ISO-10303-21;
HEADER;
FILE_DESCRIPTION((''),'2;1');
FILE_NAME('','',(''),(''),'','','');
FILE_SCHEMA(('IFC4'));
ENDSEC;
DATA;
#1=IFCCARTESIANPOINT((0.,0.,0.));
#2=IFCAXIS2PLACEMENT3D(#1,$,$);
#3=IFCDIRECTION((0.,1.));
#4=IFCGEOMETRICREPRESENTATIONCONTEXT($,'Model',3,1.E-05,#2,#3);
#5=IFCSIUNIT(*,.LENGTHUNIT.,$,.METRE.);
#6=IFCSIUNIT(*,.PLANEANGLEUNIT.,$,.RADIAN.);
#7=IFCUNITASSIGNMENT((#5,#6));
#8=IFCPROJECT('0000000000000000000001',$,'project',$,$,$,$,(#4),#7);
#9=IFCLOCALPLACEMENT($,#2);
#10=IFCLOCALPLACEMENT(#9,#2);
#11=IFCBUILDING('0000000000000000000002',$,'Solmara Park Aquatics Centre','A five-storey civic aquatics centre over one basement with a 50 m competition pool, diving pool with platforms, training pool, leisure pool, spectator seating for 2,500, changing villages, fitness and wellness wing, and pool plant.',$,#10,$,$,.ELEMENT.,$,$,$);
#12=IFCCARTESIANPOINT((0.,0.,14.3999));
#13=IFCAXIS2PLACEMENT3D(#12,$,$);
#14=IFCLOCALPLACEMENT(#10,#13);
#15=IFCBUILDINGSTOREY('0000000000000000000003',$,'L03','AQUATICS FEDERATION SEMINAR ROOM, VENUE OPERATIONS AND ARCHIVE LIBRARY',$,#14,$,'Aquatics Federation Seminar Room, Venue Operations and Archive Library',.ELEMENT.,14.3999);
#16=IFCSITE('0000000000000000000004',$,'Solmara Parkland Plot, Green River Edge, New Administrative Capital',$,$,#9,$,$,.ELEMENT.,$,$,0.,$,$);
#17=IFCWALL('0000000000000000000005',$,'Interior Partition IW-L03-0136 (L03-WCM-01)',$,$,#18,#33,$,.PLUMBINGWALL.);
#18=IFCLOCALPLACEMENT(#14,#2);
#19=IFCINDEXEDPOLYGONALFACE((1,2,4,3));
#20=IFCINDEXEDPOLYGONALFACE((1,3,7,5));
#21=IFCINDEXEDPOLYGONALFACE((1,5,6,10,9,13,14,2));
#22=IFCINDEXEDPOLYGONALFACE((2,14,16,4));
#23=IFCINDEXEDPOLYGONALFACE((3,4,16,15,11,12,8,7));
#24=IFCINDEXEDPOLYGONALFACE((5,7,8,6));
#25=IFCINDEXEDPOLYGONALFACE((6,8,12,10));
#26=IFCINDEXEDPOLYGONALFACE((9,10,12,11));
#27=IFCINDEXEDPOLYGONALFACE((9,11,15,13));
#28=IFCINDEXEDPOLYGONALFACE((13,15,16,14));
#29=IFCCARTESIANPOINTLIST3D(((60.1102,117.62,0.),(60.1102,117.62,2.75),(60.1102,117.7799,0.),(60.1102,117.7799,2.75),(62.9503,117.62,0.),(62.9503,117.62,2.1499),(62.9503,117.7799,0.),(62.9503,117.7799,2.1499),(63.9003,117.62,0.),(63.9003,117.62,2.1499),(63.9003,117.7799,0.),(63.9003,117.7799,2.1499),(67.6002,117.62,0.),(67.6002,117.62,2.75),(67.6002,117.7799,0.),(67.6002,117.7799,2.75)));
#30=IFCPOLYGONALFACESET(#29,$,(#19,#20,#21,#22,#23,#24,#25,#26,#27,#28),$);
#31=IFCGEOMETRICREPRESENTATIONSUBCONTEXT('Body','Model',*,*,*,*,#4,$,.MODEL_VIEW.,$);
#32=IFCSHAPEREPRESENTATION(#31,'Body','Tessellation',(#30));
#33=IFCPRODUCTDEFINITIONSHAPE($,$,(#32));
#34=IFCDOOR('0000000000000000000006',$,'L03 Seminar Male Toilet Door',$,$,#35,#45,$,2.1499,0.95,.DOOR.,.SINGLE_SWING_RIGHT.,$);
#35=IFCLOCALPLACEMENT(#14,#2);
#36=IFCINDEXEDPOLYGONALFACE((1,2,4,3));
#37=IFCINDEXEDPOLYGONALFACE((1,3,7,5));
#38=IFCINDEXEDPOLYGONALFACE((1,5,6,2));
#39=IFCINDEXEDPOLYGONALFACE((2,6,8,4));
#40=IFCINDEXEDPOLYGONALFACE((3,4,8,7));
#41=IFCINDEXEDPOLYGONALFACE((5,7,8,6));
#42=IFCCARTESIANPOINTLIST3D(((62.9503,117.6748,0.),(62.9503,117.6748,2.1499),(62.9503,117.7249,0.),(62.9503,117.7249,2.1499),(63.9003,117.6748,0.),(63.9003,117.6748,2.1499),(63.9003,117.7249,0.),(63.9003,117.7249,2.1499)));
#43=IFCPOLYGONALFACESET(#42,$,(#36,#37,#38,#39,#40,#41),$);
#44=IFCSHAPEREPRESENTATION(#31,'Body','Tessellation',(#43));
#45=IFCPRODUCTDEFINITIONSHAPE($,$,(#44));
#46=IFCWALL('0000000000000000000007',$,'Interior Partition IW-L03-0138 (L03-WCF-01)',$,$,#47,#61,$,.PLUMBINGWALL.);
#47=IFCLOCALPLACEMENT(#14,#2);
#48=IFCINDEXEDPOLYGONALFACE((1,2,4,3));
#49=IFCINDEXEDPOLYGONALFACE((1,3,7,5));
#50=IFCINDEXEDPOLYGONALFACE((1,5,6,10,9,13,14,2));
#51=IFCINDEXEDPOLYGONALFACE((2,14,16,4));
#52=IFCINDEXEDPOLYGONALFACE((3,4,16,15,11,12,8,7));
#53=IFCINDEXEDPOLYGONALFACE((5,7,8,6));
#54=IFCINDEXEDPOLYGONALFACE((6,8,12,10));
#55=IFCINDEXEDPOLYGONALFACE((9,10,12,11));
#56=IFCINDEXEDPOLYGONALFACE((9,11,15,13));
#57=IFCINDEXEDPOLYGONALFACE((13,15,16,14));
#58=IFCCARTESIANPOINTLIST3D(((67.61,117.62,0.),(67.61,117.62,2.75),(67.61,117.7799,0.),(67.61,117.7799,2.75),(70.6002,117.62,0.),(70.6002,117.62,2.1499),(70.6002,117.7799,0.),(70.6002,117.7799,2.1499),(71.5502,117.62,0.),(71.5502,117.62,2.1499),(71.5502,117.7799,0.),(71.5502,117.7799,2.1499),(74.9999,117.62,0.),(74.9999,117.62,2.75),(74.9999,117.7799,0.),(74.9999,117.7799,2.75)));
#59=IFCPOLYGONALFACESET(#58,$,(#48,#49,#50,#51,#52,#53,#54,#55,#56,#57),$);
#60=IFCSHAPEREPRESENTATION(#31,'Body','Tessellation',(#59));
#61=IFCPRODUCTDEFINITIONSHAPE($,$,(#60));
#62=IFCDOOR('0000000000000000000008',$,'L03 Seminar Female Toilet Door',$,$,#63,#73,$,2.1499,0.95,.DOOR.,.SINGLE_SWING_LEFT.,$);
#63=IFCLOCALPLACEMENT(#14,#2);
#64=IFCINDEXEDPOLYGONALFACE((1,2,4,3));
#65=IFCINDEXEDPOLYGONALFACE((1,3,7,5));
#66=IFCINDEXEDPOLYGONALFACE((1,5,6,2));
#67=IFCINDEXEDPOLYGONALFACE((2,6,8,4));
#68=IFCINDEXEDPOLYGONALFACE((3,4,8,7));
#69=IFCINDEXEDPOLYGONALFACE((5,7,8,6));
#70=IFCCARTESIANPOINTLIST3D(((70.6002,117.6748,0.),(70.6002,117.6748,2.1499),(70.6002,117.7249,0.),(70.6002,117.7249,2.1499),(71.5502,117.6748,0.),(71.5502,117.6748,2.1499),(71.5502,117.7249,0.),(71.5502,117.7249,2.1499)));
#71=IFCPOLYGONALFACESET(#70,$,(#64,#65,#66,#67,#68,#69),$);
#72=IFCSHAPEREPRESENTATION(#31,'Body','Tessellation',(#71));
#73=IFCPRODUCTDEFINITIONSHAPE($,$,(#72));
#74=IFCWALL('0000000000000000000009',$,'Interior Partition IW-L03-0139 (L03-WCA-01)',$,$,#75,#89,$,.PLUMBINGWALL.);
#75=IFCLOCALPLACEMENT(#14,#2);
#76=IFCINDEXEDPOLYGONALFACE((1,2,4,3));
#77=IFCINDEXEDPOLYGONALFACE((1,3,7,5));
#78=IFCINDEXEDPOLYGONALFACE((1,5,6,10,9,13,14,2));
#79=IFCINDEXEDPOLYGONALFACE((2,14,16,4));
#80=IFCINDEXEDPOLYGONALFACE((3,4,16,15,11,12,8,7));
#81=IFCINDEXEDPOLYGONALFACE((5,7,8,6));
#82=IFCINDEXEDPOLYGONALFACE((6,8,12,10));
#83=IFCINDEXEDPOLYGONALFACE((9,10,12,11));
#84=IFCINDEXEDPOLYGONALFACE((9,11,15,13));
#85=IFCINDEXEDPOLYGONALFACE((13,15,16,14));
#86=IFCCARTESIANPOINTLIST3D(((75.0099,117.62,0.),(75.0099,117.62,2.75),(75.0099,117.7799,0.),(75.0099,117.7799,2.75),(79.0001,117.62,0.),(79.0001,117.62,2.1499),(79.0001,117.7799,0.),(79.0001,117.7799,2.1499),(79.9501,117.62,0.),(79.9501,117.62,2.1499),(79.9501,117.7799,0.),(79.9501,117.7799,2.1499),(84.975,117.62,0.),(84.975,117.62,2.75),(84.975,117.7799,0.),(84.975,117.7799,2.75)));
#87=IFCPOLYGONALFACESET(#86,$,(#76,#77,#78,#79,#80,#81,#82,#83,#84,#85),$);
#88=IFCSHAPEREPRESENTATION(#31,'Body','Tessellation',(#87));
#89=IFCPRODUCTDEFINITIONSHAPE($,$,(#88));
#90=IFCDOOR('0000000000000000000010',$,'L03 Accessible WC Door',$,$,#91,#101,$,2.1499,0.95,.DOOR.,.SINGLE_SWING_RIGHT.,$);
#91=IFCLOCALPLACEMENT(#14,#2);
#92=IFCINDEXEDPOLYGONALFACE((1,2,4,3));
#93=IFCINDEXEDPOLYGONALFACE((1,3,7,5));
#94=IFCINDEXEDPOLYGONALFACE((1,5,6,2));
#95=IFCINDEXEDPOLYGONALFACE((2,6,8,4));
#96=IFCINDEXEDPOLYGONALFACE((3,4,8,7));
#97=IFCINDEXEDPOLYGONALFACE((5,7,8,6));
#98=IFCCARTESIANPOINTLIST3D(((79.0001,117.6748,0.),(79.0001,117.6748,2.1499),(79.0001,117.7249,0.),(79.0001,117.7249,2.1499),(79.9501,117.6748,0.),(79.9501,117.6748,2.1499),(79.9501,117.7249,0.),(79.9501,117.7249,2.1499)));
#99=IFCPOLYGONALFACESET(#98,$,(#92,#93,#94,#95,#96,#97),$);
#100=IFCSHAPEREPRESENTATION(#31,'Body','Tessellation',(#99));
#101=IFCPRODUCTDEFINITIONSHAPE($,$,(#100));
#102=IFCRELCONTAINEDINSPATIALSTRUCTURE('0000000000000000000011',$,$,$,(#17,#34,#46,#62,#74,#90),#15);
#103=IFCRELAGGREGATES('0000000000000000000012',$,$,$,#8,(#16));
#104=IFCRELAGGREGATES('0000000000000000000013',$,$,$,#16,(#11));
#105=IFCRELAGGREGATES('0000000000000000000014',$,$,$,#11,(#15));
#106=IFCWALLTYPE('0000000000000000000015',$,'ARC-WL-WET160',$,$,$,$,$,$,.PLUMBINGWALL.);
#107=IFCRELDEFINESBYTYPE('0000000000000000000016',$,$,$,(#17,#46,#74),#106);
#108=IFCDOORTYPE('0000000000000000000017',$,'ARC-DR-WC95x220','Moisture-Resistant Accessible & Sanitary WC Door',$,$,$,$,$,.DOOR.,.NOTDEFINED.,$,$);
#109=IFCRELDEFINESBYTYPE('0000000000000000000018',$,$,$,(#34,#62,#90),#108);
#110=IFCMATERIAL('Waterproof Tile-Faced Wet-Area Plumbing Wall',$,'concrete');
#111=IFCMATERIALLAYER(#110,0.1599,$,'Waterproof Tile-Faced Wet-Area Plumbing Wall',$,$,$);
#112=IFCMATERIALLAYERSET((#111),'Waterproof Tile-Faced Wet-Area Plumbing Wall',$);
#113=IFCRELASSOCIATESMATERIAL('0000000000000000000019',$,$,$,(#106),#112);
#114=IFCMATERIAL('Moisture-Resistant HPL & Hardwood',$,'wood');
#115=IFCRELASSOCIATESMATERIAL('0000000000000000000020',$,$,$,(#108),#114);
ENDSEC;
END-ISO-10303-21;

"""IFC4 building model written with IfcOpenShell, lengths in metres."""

from ifc_helpers import new_model, si_unit, direction, frame, frame_2d, origin, place, context, subcontext, project, spatial, rectangle, extrude, material, layer, layer_set, type_object, element, fill, save


model = new_model("IFC4")

# Units and contexts
model_context = context("Model", 3, precision=1e-05, world=origin(), true_north=direction((0.0, 1.0)))
body_context = subcontext(model_context, "Body", "Model", "MODEL_VIEW")
ifc_project = project(units=[si_unit("LENGTHUNIT", "METRE"), si_unit("PLANEANGLEUNIT", "RADIAN")], contexts=[model_context])

# Site, building, storey
site_placement = place(None, origin())
site = spatial("IfcSite", under=ifc_project, at=site_placement, Name="Solmara Parkland Plot, Green River Edge, New Administrative Capital", CompositionType="ELEMENT", RefElevation=0.0)
building_placement = place(site_placement, origin())
building = spatial("IfcBuilding", under=site, at=building_placement, Name="Solmara Park Aquatics Centre", Description="A five-storey civic aquatics centre over one basement with a 50 m competition pool, diving pool with platforms, training pool, leisure pool, spectator seating for 2,500, changing villages, fitness and wellness wing, and pool plant.", CompositionType="ELEMENT")
storey_placement = place(building_placement, frame((0.0, 0.0, 14.3999)))
storey = spatial("IfcBuildingStorey", under=building, at=storey_placement, Name="L03", Description="AQUATICS FEDERATION SEMINAR ROOM, VENUE OPERATIONS AND ARCHIVE LIBRARY", LongName="Aquatics Federation Seminar Room, Venue Operations and Archive Library", CompositionType="ELEMENT", Elevation=14.3999)

# Walls, openings, doors
ifc_material_1 = material(Name="Waterproof Tile-Faced Wet-Area Plumbing Wall", Category="concrete")
ifc_layer_1 = layer(ifc_material_1, 0.1599, Name="Waterproof Tile-Faced Wet-Area Plumbing Wall")
ifc_layer_set_1 = layer_set([ifc_layer_1], Name="Waterproof Tile-Faced Wet-Area Plumbing Wall")
wall_type_1 = type_object("IfcWallType", Name="ARC-WL-WET160", PredefinedType="PLUMBINGWALL", material=ifc_layer_set_1)
wall_1_placement = place(storey_placement, frame((60.1101, 117.7, 0.0), z_axis=(0.0, 0.0, 1.0), x_axis=(1.0, 0.0, 0.0)))
wall_1 = element("IfcWall", 1, at=wall_1_placement, inside=storey, type_object=wall_type_1, Name="Interior Partition IW-L03-0136 (L03-WCM-01)", PredefinedType="PLUMBINGWALL", context=body_context, shape_type="SweptSolid", body=[
    extrude(rectangle(XDim=7.49, YDim=0.1599, at=frame_2d((3.7451, 0.0))), origin(), (0.0, 0.0, 1.0), 2.75),
])
opening_1_placement = place(wall_1_placement, frame((2.8401, 0.0, 0.0)))
opening_1 = element("IfcOpeningElement", 2, at=opening_1_placement, cuts=wall_1, PredefinedType="OPENING", context=body_context, shape_type="SweptSolid", body=[
    extrude(rectangle(XDim=0.95, YDim=2.1499, at=frame_2d((0.4751, 1.075))), frame((0.0, 0.0898, 0.0), z_axis=(0.0, -1.0, 0.0), x_axis=(1.0, 0.0, 0.0)), (0.0, 0.0, 1.0), 0.1799),
])
ifc_material_2 = material(Name="Moisture-Resistant HPL & Hardwood", Category="wood")
door_type_1 = type_object("IfcDoorType", Name="ARC-DR-WC95x220", Description="Moisture-Resistant Accessible & Sanitary WC Door", OperationType="NOTDEFINED", PredefinedType="DOOR", material=ifc_material_2)
door_1_placement = place(opening_1_placement, origin())
door_1 = element("IfcDoor", 3, at=door_1_placement, inside=storey, type_object=door_type_1, Name="L03 Seminar Male Toilet Door", OperationType="SINGLE_SWING_RIGHT", OverallHeight=2.1499, OverallWidth=0.95, PredefinedType="DOOR", context=body_context, shape_type="SweptSolid", body=[
    extrude(rectangle(XDim=0.95, YDim=2.1499, at=frame_2d((0.4751, 1.075))), frame((0.0, 0.0249, 0.0), z_axis=(0.0, -1.0, 0.0), x_axis=(1.0, 0.0, 0.0)), (0.0, 0.0, 1.0), 0.05),
])
fill(opening_1, door_1)
wall_2_placement = place(storey_placement, frame((67.6101, 117.7, 0.0), z_axis=(0.0, 0.0, 1.0), x_axis=(1.0, 0.0, 0.0)))
wall_2 = element("IfcWall", 4, at=wall_2_placement, inside=storey, type_object=wall_type_1, Name="Interior Partition IW-L03-0138 (L03-WCF-01)", PredefinedType="PLUMBINGWALL", context=body_context, shape_type="SweptSolid", body=[
    extrude(rectangle(XDim=7.3899, YDim=0.1599, at=frame_2d((3.6948, 0.0))), origin(), (0.0, 0.0, 1.0), 2.75),
])
opening_2_placement = place(wall_2_placement, frame((2.99, 0.0, 0.0)))
opening_2 = element("IfcOpeningElement", 5, at=opening_2_placement, cuts=wall_2, PredefinedType="OPENING", context=body_context, shape_type="SweptSolid", body=[
    extrude(rectangle(XDim=0.95, YDim=2.1499, at=frame_2d((0.4751, 1.075))), frame((0.0, 0.0898, 0.0), z_axis=(0.0, -1.0, 0.0), x_axis=(1.0, 0.0, 0.0)), (0.0, 0.0, 1.0), 0.1799),
])
door_2_placement = place(opening_2_placement, origin())
door_2 = element("IfcDoor", 6, at=door_2_placement, inside=storey, type_object=door_type_1, Name="L03 Seminar Female Toilet Door", OperationType="SINGLE_SWING_LEFT", OverallHeight=2.1499, OverallWidth=0.95, PredefinedType="DOOR", context=body_context, shape_type="SweptSolid", body=[
    extrude(rectangle(XDim=0.95, YDim=2.1499, at=frame_2d((0.4751, 1.075))), frame((0.0, 0.0249, 0.0), z_axis=(0.0, -1.0, 0.0), x_axis=(1.0, 0.0, 0.0)), (0.0, 0.0, 1.0), 0.05),
])
fill(opening_2, door_2)
wall_3_placement = place(storey_placement, frame((75.01, 117.7, 0.0), z_axis=(0.0, 0.0, 1.0), x_axis=(1.0, 0.0, 0.0)))
wall_3 = element("IfcWall", 7, at=wall_3_placement, inside=storey, type_object=wall_type_1, Name="Interior Partition IW-L03-0139 (L03-WCA-01)", PredefinedType="PLUMBINGWALL", context=body_context, shape_type="SweptSolid", body=[
    extrude(rectangle(XDim=9.9651, YDim=0.1599, at=frame_2d((4.9824, 0.0))), origin(), (0.0, 0.0, 1.0), 2.75),
])
opening_3_placement = place(wall_3_placement, frame((3.99, 0.0, 0.0)))
opening_3 = element("IfcOpeningElement", 8, at=opening_3_placement, cuts=wall_3, PredefinedType="OPENING", context=body_context, shape_type="SweptSolid", body=[
    extrude(rectangle(XDim=0.95, YDim=2.1499, at=frame_2d((0.4751, 1.075))), frame((0.0, 0.0898, 0.0), z_axis=(0.0, -1.0, 0.0), x_axis=(1.0, 0.0, 0.0)), (0.0, 0.0, 1.0), 0.1799),
])
door_3_placement = place(opening_3_placement, origin())
door_3 = element("IfcDoor", 9, at=door_3_placement, inside=storey, type_object=door_type_1, Name="L03 Accessible WC Door", OperationType="SINGLE_SWING_RIGHT", OverallHeight=2.1499, OverallWidth=0.95, PredefinedType="DOOR", context=body_context, shape_type="SweptSolid", body=[
    extrude(rectangle(XDim=0.95, YDim=2.1499, at=frame_2d((0.4751, 1.075))), frame((0.0, 0.0249, 0.0), z_axis=(0.0, -1.0, 0.0), x_axis=(1.0, 0.0, 0.0)), (0.0, 0.0, 1.0), 0.05),
])
fill(opening_3, door_3)

save(model, "model.ifc")
